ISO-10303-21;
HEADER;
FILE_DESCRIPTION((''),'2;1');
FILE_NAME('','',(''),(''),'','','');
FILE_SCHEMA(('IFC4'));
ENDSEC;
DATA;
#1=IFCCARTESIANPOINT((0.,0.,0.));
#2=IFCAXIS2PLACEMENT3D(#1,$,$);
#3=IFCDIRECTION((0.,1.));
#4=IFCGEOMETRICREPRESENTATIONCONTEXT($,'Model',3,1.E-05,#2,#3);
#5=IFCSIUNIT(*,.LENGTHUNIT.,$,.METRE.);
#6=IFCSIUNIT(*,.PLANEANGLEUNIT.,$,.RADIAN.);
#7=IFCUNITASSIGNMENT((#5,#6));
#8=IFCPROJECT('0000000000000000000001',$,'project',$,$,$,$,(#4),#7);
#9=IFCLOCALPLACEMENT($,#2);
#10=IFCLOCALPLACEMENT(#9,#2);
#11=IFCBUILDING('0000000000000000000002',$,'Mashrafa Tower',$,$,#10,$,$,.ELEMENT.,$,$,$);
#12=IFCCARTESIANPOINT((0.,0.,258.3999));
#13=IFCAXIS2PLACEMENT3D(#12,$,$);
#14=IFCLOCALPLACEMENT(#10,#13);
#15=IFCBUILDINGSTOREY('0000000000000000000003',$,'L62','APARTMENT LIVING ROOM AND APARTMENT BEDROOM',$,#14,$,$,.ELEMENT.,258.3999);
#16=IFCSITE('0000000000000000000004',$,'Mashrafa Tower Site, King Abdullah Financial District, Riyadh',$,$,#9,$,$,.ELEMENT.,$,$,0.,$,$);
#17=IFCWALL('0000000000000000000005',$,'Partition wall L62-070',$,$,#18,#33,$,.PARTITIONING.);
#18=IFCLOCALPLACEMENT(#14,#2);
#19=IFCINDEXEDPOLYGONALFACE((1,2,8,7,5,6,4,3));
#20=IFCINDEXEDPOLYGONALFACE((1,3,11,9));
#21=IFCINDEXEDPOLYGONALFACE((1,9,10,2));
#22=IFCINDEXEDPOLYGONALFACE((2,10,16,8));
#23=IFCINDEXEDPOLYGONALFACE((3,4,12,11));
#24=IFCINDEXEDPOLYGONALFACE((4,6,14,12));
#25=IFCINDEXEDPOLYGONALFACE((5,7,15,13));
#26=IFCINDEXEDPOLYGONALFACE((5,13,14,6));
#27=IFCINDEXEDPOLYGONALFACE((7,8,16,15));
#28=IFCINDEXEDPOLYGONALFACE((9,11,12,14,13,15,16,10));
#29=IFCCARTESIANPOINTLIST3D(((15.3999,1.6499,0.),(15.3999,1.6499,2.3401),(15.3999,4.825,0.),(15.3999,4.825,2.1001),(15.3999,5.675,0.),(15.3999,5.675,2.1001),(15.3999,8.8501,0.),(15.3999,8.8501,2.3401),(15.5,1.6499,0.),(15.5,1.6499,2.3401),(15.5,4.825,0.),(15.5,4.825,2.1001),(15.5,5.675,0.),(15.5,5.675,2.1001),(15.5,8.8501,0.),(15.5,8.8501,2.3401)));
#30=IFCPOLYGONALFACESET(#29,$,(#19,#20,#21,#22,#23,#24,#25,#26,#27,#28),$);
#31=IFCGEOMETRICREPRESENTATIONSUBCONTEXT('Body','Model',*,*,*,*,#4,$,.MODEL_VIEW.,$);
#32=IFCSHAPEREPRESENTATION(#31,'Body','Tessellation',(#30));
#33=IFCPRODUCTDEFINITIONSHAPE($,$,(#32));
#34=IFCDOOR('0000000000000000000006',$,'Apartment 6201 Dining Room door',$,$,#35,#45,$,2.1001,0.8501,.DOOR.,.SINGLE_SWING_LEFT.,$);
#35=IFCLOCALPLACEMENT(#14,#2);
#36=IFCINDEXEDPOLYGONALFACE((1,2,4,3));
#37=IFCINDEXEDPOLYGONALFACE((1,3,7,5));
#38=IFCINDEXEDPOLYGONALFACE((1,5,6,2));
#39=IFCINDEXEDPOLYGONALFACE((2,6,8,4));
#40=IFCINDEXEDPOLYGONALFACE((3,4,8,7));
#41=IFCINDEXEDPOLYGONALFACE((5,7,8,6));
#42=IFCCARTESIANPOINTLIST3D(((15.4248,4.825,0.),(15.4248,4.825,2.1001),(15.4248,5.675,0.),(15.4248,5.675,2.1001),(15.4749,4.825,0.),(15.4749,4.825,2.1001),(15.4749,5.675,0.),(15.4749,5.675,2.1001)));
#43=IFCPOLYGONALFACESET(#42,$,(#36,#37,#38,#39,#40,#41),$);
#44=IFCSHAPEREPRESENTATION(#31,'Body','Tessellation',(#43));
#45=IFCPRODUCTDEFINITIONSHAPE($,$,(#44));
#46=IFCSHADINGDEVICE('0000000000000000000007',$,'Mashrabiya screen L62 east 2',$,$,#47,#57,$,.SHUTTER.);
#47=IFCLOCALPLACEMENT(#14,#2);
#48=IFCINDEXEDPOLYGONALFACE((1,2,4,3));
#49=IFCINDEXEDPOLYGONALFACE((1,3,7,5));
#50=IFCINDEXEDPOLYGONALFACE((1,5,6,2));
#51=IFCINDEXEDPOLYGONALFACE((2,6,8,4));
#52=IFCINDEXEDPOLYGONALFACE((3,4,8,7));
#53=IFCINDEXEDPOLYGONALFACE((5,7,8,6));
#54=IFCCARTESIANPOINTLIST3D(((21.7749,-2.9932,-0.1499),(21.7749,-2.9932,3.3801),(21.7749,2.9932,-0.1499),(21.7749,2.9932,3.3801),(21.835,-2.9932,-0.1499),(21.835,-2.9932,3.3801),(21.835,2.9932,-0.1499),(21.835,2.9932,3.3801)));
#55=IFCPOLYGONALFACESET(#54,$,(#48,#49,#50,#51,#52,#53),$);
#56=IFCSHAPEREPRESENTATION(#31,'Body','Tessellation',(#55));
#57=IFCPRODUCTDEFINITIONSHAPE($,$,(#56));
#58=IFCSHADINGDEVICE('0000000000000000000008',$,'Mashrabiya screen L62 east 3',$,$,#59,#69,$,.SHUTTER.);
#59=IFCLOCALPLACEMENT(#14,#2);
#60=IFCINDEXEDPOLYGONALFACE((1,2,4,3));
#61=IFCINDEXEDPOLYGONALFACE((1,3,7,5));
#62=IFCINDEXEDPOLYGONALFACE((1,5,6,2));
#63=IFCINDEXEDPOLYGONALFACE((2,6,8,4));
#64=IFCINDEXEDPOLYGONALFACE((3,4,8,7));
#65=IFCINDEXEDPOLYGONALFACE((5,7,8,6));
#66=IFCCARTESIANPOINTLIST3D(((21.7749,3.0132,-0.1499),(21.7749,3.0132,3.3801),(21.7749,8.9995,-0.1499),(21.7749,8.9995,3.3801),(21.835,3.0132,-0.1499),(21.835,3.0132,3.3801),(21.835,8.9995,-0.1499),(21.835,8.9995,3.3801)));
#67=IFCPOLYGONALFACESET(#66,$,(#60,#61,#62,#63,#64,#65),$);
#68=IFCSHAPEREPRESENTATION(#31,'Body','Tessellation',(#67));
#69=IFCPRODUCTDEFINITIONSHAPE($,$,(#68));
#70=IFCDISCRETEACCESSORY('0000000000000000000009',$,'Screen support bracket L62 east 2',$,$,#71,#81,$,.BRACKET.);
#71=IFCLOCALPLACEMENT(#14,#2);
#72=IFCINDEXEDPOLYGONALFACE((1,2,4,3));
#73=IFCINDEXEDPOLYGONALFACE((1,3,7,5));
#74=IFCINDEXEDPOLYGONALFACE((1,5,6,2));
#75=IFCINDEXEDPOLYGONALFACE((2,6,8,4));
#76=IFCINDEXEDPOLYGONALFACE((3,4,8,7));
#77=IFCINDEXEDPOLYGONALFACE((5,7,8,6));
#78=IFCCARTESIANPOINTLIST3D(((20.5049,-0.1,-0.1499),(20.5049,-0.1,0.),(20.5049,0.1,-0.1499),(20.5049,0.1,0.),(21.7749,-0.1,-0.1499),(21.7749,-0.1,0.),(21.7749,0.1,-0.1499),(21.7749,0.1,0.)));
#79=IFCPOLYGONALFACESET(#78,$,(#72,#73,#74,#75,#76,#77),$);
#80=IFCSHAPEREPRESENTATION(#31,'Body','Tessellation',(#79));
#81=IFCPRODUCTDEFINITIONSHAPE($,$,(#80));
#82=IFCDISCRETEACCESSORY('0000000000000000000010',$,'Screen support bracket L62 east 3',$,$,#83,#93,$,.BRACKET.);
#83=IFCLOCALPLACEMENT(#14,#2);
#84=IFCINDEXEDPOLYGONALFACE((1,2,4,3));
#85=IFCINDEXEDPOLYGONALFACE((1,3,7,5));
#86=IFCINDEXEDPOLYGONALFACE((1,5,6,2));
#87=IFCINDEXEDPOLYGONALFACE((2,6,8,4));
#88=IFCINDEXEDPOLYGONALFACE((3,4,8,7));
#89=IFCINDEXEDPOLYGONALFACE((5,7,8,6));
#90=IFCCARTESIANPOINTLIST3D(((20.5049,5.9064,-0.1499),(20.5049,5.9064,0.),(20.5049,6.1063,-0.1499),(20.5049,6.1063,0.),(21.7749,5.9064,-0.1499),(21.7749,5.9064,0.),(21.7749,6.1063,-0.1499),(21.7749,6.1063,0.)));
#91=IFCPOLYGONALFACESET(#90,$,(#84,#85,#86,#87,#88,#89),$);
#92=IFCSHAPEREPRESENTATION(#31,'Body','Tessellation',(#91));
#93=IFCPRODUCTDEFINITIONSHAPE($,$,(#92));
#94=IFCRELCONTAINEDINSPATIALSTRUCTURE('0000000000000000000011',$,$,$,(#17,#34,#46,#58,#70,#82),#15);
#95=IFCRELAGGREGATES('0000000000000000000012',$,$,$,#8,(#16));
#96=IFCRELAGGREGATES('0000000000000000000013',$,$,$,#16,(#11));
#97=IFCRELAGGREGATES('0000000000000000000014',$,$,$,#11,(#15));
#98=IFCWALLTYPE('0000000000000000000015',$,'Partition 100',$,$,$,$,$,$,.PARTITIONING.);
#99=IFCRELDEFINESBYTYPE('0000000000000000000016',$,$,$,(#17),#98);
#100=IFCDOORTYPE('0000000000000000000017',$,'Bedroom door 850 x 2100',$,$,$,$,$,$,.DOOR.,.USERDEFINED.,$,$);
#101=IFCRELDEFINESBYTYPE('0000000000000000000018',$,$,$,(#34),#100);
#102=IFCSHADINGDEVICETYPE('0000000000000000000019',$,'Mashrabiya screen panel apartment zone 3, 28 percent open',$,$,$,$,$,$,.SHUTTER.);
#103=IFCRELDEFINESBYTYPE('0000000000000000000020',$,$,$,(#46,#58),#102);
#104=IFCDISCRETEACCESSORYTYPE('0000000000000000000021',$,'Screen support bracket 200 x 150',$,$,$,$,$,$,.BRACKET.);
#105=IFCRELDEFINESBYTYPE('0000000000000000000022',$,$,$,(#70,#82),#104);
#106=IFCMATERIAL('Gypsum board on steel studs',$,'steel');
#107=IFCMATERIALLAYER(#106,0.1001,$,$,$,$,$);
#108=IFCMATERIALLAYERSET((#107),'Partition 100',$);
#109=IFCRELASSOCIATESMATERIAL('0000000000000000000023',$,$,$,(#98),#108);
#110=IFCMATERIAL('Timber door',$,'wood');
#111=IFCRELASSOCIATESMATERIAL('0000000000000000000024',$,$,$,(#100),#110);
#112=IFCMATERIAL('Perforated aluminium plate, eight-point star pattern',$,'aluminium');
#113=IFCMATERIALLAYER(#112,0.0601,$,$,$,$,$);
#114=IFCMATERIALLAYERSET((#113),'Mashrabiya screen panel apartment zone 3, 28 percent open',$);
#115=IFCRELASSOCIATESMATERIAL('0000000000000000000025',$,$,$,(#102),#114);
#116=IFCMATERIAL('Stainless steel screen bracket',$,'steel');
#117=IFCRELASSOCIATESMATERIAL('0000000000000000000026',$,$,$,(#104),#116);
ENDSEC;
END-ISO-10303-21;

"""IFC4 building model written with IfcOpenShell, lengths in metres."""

from ifc_helpers import new_model, si_unit, direction, frame, frame_2d, origin, origin_2d, place, context, subcontext, project, spatial, rectangle, extrude, source, transform, mapped, material, layer, layer_set, type_object, type_shapes, element, fill, save


model = new_model("IFC4")

# Units and contexts
model_context = context("Model", 3, precision=1e-05, world=origin(), true_north=direction((0.0, 1.0)))
body_context = subcontext(model_context, "Body", "Model", "MODEL_VIEW")
ifc_project = project(units=[si_unit("LENGTHUNIT", "METRE"), si_unit("PLANEANGLEUNIT", "RADIAN")], contexts=[model_context])

# Site, building, storey
site_placement = place(None, origin())
site = spatial("IfcSite", under=ifc_project, at=site_placement, Name="Mashrafa Tower Site, King Abdullah Financial District, Riyadh", CompositionType="ELEMENT", RefElevation=0.0)
building_placement = place(site_placement, origin())
building = spatial("IfcBuilding", under=site, at=building_placement, Name="Mashrafa Tower", CompositionType="ELEMENT")
storey_placement = place(building_placement, frame((0.0, 0.0, 258.3999)))
storey = spatial("IfcBuildingStorey", under=building, at=storey_placement, Name="L62", Description="APARTMENT LIVING ROOM AND APARTMENT BEDROOM", CompositionType="ELEMENT", Elevation=258.3999)

# Shared definitions
ifc_material_1 = material(Name="Gypsum board on steel studs", Category="steel")
ifc_layer_1 = layer(ifc_material_1, 0.1001)
ifc_layer_set_1 = layer_set([ifc_layer_1], Name="Partition 100")
wall_type_1 = type_object("IfcWallType", Name="Partition 100", PredefinedType="PARTITIONING", material=ifc_layer_set_1)
ifc_material_2 = material(Name="Timber door", Category="wood")
door_type_1 = type_object("IfcDoorType", Name="Bedroom door 850 x 2100", OperationType="USERDEFINED", PredefinedType="DOOR", material=ifc_material_2)

# Wall, opening, door
wall_1_placement = place(storey_placement, frame((15.45, 1.6499, 0.0), z_axis=(0.0, 0.0, 1.0), x_axis=(0.0, 1.0, 0.0)))
wall_1 = element("IfcWall", 1, at=wall_1_placement, inside=storey, type_object=wall_type_1, Name="Partition wall L62-070", PredefinedType="PARTITIONING", context=body_context, shape_type="SweptSolid", body=[
    extrude(rectangle(XDim=7.2002, YDim=0.1001, at=frame_2d((3.6001, 0.0))), origin(), (0.0, 0.0, 1.0), 2.3401),
])
opening_1_placement = place(wall_1_placement, frame((3.175, 0.0, 0.0)))
opening_1 = element("IfcOpeningElement", 2, at=opening_1_placement, cuts=wall_1, PredefinedType="OPENING", context=body_context, shape_type="SweptSolid", body=[
    extrude(rectangle(XDim=0.8501, YDim=2.1001, at=frame_2d((0.425, 1.05))), frame((0.0, 0.0601, 0.0), z_axis=(0.0, -1.0, 0.0), x_axis=(1.0, 0.0, 0.0)), (0.0, 0.0, 1.0), 0.1201),
])
door_1_placement = place(opening_1_placement, frame((0.8501, 0.0, 0.0), z_axis=(0.0, 0.0, 1.0), x_axis=(-1.0, 0.0, 0.0)))
door_1 = element("IfcDoor", 3, at=door_1_placement, inside=storey, type_object=door_type_1, Name="Apartment 6201 Dining Room door", OperationType="SINGLE_SWING_LEFT", OverallHeight=2.1001, OverallWidth=0.8501, PredefinedType="DOOR", context=body_context, shape_type="SweptSolid", body=[
    extrude(rectangle(XDim=0.8501, YDim=2.1001, at=frame_2d((0.425, 1.05))), frame((0.0, 0.0249, 0.0), z_axis=(0.0, -1.0, 0.0), x_axis=(1.0, 0.0, 0.0)), (0.0, 0.0, 1.0), 0.05),
])
fill(opening_1, door_1)

# Shading devices
ifc_material_3 = material(Name="Perforated aluminium plate, eight-point star pattern", Category="aluminium")
ifc_layer_2 = layer(ifc_material_3, 0.0601)
ifc_layer_set_2 = layer_set([ifc_layer_2], Name="Mashrabiya screen panel apartment zone 3, 28 percent open")
shading_device_type = type_object("IfcShadingDeviceType", Name="Mashrabiya screen panel apartment zone 3, 28 percent open", PredefinedType="SHUTTER", material=ifc_layer_set_2)
shared_shape_1 = source(origin(), body_context, "Body", "SweptSolid", [
    extrude(rectangle(XDim=5.9863, YDim=0.0601, at=origin_2d()), origin(), (0.0, 0.0, 1.0), 3.53),
])
type_shapes(shading_device_type, [shared_shape_1])
for number, where, z_axis, x_axis, name in (
    (4, (21.8049, 0.0, -0.1499), (0.0, 0.0, 1.0), (0.0, 1.0, 0.0), "Mashrabiya screen L62 east 2"),
    (5, (21.8049, 6.0063, -0.1499), (0.0, 0.0, 1.0), (0.0, 1.0, 0.0), "Mashrabiya screen L62 east 3"),
):
    element("IfcShadingDevice", number, at=place(storey_placement, frame(where, z_axis=z_axis, x_axis=x_axis)), inside=storey, type_object=shading_device_type, Name=name, PredefinedType="SHUTTER", context=body_context, shape_type="MappedRepresentation", body=[
        mapped(shared_shape_1, transform((0.0, 0.0, 0.0))),
    ])

# Discrete accessories
ifc_material_4 = material(Name="Stainless steel screen bracket", Category="steel")
discrete_accessory_type = type_object("IfcDiscreteAccessoryType", Name="Screen support bracket 200 x 150", PredefinedType="BRACKET", material=ifc_material_4)
shared_shape_2 = source(origin(), body_context, "Body", "SweptSolid", [
    extrude(rectangle(XDim=0.2, YDim=1.27, at=origin_2d()), origin(), (0.0, 0.0, 1.0), 0.1499),
])
type_shapes(discrete_accessory_type, [shared_shape_2])
for number, where, z_axis, x_axis, name in (
    (6, (21.1399, 0.0, -0.1499), (0.0, 0.0, 1.0), (0.0, 1.0, 0.0), "Screen support bracket L62 east 2"),
    (7, (21.1399, 6.0063, -0.1499), (0.0, 0.0, 1.0), (0.0, 1.0, 0.0), "Screen support bracket L62 east 3"),
):
    element("IfcDiscreteAccessory", number, at=place(storey_placement, frame(where, z_axis=z_axis, x_axis=x_axis)), inside=storey, type_object=discrete_accessory_type, Name=name, PredefinedType="BRACKET", context=body_context, shape_type="MappedRepresentation", body=[
        mapped(shared_shape_2, transform((0.0, 0.0, 0.0))),
    ])

save(model, "model.ifc")
